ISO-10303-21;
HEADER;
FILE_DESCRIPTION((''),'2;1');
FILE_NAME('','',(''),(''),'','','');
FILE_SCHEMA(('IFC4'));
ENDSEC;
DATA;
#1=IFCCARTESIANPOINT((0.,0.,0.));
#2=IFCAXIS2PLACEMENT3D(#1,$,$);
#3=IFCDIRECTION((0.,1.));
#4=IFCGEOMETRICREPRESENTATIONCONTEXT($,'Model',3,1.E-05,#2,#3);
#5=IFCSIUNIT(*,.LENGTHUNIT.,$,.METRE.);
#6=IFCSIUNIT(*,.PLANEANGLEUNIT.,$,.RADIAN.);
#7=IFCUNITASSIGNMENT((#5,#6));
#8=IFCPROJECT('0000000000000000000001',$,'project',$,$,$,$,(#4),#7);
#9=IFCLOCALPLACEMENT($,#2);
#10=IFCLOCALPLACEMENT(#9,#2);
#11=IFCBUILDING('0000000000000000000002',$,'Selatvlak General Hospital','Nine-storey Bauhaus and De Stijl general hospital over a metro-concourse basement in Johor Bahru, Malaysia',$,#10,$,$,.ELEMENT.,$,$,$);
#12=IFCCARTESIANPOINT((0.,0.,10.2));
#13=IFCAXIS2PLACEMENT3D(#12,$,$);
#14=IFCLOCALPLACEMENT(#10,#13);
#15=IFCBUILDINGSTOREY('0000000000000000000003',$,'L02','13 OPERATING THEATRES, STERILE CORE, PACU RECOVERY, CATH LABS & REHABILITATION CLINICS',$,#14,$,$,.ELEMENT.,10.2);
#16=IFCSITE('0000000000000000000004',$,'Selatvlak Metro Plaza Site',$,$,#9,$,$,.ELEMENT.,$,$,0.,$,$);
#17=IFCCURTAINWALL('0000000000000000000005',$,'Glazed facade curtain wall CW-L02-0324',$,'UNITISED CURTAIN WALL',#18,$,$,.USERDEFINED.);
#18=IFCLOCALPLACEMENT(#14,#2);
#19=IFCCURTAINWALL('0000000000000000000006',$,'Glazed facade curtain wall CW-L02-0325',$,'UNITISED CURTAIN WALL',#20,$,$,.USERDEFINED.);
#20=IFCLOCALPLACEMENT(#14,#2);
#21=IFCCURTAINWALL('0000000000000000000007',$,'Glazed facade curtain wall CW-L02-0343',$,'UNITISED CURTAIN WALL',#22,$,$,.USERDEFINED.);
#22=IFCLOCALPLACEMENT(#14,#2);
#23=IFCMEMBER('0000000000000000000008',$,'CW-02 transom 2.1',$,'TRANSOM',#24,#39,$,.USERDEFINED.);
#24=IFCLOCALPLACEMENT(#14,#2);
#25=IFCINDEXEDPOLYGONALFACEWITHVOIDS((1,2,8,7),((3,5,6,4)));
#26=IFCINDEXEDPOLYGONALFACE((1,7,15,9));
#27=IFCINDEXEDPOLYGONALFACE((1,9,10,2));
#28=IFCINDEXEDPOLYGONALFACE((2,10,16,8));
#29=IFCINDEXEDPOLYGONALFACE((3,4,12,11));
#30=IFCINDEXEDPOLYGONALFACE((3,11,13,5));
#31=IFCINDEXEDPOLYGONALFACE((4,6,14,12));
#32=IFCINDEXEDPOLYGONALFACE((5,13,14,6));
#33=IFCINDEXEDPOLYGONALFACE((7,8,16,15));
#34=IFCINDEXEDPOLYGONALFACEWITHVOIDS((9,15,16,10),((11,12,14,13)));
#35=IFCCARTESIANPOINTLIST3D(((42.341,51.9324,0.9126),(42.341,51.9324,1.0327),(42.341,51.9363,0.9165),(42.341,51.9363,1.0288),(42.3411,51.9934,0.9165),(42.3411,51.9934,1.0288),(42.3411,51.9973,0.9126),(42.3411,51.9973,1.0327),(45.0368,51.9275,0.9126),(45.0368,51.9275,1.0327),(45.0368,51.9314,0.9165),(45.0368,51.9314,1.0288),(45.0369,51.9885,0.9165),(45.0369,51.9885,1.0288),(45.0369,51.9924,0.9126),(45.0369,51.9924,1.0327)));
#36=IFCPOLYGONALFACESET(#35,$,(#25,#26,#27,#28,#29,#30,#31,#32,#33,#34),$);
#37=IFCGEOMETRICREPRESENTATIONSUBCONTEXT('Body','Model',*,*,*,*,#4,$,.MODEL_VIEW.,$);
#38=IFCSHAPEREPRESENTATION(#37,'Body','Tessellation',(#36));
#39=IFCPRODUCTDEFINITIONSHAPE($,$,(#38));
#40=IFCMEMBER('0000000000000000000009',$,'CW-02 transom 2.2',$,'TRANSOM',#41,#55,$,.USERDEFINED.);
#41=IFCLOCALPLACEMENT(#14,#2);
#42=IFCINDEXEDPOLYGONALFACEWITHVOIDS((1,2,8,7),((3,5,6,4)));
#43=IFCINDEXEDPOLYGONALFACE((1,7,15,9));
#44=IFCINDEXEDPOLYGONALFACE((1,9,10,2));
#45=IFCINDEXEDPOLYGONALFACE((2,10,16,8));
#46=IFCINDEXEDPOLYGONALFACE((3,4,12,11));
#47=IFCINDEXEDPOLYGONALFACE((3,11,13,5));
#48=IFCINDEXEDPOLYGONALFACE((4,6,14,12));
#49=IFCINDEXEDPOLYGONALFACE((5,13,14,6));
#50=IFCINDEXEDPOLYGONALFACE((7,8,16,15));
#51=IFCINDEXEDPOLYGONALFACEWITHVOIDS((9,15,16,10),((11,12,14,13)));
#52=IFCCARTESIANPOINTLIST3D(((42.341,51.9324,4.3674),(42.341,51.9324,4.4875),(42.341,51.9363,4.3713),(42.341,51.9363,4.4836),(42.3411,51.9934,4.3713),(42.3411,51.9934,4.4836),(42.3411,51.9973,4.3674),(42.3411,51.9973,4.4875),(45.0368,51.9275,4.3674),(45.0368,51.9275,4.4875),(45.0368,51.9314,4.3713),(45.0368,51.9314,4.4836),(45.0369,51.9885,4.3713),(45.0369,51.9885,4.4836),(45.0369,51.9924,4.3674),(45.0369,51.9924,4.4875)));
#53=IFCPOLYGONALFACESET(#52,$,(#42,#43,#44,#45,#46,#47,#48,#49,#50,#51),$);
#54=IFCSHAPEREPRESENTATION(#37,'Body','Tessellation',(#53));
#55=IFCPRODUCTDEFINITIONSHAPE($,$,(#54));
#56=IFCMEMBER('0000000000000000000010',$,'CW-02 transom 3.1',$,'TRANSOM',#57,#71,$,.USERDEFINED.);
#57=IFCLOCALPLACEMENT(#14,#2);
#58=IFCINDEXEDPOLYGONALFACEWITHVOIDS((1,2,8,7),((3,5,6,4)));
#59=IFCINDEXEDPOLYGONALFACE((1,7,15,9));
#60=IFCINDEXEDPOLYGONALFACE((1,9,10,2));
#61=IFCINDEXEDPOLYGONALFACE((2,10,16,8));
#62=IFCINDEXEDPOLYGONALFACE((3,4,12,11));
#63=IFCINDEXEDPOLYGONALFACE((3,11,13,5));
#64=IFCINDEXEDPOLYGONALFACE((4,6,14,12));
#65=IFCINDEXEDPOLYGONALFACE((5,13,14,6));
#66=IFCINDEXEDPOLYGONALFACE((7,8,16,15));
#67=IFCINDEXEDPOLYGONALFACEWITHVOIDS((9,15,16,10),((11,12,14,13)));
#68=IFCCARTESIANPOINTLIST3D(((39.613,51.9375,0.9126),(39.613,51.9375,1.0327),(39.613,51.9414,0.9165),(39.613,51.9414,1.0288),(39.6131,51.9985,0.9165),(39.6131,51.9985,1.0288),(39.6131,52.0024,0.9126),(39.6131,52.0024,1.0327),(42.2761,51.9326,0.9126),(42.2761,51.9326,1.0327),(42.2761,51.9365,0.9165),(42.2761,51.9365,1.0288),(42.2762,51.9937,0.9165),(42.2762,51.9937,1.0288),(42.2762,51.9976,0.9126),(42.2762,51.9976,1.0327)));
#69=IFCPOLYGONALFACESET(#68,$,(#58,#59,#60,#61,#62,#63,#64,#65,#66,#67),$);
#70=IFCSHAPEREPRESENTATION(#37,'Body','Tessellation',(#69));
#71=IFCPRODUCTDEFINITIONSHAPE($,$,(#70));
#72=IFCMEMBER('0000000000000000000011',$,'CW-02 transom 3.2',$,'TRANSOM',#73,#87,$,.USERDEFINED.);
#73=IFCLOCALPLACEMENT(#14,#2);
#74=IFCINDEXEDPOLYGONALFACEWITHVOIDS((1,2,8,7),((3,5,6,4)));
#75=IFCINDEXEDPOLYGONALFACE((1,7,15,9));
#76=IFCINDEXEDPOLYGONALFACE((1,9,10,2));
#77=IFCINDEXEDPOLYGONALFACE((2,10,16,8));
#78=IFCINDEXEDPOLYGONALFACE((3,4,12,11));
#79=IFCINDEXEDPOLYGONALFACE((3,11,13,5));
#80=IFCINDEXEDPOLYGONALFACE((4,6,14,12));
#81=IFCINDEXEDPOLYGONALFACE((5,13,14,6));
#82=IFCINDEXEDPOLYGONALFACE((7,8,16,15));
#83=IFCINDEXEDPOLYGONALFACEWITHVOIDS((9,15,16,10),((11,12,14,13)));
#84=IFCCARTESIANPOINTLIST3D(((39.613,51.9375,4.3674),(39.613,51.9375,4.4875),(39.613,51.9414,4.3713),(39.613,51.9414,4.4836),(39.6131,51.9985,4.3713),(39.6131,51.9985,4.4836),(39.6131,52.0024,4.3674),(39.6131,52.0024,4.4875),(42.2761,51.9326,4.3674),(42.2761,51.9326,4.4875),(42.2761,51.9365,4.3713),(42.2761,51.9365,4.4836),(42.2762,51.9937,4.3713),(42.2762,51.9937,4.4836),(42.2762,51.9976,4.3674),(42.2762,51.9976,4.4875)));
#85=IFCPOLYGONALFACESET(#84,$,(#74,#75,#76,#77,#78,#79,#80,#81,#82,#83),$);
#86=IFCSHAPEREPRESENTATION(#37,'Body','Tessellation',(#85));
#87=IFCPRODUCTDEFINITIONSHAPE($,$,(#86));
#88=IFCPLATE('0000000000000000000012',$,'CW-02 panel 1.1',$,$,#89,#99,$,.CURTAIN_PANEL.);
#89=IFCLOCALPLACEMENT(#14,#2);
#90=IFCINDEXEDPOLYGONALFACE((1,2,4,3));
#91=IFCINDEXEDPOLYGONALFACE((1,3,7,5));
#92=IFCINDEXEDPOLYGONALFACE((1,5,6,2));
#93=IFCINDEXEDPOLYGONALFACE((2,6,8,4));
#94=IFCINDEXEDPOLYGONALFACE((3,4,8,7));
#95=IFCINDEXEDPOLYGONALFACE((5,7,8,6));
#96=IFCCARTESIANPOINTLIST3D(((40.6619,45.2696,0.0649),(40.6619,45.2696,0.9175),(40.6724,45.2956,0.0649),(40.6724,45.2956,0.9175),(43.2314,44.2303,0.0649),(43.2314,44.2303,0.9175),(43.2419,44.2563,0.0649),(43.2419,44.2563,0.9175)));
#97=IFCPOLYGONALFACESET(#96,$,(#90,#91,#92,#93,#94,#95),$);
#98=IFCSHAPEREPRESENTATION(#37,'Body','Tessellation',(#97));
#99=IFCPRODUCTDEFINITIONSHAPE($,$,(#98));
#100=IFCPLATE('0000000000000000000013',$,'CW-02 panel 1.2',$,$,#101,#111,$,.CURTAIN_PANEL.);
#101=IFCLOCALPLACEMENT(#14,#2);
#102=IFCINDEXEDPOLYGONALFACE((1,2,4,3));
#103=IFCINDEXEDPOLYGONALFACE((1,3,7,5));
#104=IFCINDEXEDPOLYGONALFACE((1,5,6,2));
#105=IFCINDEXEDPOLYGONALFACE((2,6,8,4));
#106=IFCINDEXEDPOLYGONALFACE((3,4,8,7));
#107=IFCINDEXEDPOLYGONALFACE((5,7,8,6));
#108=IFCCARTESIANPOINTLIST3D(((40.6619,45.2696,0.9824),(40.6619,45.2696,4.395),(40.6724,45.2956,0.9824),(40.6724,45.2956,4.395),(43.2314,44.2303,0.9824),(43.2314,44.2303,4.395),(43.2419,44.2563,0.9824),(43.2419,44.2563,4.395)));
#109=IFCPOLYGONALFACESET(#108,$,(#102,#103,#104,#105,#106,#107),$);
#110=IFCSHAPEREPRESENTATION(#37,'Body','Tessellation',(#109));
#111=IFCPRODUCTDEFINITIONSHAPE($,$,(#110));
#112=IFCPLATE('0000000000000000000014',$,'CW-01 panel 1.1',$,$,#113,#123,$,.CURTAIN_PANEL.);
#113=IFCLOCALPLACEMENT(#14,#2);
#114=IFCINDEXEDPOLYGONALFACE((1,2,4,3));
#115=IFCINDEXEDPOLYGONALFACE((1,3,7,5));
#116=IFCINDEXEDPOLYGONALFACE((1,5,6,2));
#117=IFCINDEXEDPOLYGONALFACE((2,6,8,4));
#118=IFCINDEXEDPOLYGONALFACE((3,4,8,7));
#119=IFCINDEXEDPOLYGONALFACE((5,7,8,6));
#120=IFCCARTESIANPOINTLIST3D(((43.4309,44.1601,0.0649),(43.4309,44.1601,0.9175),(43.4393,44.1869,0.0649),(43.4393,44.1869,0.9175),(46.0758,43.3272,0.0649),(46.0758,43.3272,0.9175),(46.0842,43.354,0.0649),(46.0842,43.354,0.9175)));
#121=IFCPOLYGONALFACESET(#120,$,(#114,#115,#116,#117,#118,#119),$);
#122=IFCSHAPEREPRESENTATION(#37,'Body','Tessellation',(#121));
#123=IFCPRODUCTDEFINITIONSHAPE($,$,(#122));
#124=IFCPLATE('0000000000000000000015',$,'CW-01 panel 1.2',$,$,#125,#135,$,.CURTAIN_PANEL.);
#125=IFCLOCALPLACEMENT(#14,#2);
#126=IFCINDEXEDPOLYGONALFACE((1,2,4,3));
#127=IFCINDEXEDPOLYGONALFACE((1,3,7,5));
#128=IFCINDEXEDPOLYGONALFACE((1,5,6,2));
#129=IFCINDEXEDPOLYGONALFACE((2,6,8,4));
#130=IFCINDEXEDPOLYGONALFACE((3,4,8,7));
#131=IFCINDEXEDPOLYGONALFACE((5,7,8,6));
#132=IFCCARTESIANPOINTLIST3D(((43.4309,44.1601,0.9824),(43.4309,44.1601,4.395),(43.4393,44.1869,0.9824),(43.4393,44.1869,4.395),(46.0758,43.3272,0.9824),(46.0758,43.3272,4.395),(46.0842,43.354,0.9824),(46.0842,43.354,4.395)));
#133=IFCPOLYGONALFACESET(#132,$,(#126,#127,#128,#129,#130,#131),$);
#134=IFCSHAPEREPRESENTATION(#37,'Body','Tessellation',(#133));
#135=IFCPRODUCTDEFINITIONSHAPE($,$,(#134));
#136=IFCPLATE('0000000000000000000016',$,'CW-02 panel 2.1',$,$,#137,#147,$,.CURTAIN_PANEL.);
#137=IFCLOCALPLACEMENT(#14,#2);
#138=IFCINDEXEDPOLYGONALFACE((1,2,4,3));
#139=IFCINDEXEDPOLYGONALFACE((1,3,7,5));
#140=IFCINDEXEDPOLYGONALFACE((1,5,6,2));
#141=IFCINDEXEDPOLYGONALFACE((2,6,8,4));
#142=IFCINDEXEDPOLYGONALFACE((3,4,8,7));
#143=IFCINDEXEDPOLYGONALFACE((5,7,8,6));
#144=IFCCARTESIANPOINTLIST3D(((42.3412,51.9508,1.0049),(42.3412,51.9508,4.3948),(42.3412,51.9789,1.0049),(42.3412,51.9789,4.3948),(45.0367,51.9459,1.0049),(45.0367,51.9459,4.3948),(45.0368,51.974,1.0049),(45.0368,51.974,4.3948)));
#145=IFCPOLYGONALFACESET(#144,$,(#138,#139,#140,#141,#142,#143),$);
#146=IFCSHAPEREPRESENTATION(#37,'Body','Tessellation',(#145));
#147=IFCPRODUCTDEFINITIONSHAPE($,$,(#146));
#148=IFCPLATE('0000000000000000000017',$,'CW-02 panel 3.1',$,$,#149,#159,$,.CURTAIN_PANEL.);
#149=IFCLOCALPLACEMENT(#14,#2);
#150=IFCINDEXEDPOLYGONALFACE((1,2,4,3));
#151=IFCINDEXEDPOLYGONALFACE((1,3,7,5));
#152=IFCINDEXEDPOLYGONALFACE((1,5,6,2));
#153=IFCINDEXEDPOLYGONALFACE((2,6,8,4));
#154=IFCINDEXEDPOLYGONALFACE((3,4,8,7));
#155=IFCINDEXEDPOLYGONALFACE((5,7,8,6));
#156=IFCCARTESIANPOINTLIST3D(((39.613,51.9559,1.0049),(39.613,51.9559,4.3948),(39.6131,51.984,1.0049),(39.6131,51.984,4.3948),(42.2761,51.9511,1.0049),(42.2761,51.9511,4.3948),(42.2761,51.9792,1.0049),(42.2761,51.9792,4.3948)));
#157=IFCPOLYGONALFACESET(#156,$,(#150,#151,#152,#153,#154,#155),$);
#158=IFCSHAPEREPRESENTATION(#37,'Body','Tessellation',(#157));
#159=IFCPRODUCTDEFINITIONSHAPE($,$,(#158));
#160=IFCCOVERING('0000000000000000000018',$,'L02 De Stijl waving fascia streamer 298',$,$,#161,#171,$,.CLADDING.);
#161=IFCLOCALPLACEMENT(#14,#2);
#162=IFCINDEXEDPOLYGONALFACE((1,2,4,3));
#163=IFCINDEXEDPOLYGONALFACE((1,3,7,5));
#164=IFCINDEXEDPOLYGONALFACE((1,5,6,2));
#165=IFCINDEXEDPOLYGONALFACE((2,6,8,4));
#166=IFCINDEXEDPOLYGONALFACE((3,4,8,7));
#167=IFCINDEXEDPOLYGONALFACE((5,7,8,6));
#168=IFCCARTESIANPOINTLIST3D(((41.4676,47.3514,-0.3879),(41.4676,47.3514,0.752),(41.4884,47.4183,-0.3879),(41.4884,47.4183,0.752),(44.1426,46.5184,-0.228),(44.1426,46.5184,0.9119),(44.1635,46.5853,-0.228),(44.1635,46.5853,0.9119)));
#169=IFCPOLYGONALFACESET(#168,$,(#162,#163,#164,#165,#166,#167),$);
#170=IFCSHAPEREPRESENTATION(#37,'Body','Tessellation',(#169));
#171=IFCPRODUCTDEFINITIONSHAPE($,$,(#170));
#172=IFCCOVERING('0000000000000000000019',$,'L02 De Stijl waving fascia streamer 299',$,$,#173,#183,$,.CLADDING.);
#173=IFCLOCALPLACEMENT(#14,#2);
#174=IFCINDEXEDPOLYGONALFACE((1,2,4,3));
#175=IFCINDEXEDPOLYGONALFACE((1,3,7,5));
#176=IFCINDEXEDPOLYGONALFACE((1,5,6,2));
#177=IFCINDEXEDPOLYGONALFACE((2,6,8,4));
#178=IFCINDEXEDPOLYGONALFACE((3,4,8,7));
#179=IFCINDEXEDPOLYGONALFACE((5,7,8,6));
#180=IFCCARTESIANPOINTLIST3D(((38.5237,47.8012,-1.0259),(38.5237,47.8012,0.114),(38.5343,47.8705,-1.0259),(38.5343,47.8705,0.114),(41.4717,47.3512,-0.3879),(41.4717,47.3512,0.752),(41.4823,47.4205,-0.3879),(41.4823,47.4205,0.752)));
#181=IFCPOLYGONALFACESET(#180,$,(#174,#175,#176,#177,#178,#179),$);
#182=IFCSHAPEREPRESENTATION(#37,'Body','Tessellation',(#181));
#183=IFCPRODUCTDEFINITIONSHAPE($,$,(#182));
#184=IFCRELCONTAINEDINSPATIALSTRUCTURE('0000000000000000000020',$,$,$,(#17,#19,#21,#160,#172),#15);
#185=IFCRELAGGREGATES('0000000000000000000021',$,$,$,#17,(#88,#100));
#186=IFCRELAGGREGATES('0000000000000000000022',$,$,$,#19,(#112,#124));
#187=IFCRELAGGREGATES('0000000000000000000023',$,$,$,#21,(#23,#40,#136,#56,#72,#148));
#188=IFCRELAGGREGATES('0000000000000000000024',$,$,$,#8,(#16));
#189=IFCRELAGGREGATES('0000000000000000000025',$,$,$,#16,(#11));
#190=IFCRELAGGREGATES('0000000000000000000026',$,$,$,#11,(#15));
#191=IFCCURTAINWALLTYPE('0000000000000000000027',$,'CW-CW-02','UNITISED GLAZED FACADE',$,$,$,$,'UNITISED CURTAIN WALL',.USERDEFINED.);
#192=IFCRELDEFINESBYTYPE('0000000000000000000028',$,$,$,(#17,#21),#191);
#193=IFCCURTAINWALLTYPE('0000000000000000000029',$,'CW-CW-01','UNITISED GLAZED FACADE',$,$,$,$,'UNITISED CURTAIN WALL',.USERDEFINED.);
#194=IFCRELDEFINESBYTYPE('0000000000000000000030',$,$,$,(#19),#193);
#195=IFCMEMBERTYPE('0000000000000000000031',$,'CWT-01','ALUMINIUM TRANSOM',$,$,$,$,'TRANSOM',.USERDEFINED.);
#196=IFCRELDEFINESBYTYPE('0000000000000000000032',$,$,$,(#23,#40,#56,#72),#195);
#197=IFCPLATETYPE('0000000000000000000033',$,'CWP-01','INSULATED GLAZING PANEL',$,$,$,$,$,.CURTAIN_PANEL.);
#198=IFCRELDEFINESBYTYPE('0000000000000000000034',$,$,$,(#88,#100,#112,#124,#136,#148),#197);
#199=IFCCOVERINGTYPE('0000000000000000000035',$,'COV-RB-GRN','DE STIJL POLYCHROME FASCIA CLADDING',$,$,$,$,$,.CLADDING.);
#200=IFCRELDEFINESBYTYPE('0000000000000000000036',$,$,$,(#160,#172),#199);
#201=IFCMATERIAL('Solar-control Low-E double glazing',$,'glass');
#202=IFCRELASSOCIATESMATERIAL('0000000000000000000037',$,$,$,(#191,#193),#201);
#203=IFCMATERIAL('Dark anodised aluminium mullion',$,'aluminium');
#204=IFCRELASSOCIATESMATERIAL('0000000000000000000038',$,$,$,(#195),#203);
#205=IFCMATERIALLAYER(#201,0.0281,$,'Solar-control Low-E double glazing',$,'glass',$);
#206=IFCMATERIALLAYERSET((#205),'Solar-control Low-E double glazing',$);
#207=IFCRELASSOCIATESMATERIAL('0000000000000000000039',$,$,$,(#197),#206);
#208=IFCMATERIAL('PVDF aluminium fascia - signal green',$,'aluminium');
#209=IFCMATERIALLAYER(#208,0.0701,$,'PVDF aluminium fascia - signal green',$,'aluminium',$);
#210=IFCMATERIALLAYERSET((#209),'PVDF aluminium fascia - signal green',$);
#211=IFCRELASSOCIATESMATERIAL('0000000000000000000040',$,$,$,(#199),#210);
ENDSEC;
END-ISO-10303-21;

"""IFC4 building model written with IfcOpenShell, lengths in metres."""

from ifc_helpers import new_model, si_unit, direction, frame, origin, origin_2d, place, context, subcontext, project, spatial, polyline, rectangle, hollow_rectangle, outline, extrude, material, layer, layer_set, material_profile, profile_set, type_object, element, aggregate, save


model = new_model("IFC4")

# Units and contexts
model_context = context("Model", 3, precision=1e-05, world=origin(), true_north=direction((0.0, 1.0)))
body_context = subcontext(model_context, "Body", "Model", "MODEL_VIEW")
ifc_project = project(units=[si_unit("LENGTHUNIT", "METRE"), si_unit("PLANEANGLEUNIT", "RADIAN")], contexts=[model_context])

# Site, building, storey
site_placement = place(None, origin())
site = spatial("IfcSite", under=ifc_project, at=site_placement, Name="Selatvlak Metro Plaza Site", CompositionType="ELEMENT", RefElevation=0.0)
building_placement = place(site_placement, origin())
building = spatial("IfcBuilding", under=site, at=building_placement, Name="Selatvlak General Hospital", Description="Nine-storey Bauhaus and De Stijl general hospital over a metro-concourse basement in Johor Bahru, Malaysia", CompositionType="ELEMENT")
storey_placement = place(building_placement, frame((0.0, 0.0, 10.2)))
storey = spatial("IfcBuildingStorey", under=building, at=storey_placement, Name="L02", Description="13 OPERATING THEATRES, STERILE CORE, PACU RECOVERY, CATH LABS & REHABILITATION CLINICS", CompositionType="ELEMENT", Elevation=10.2)

# Curtain wall
ifc_material_1 = material(Name="Solar-control Low-E double glazing", Category="glass")
curtain_wall_type_1 = type_object("IfcCurtainWallType", Name="CW-CW-02", Description="UNITISED GLAZED FACADE", ElementType="UNITISED CURTAIN WALL", PredefinedType="USERDEFINED", material=ifc_material_1)
curtain_wall_1_placement = place(storey_placement, origin())
curtain_wall_1 = element("IfcCurtainWall", 1, at=curtain_wall_1_placement, inside=storey, type_object=curtain_wall_type_1, Name="Glazed facade curtain wall CW-L02-0324", ObjectType="UNITISED CURTAIN WALL", PredefinedType="USERDEFINED")
ifc_material_2 = material(Name="Dark anodised aluminium mullion", Category="aluminium")

# Curtain walls
curtain_wall_type_2 = type_object("IfcCurtainWallType", Name="CW-CW-01", Description="UNITISED GLAZED FACADE", ElementType="UNITISED CURTAIN WALL", PredefinedType="USERDEFINED", material=ifc_material_1)
curtain_wall_2_placement = place(storey_placement, origin())
curtain_wall_2 = element("IfcCurtainWall", 2, at=curtain_wall_2_placement, inside=storey, type_object=curtain_wall_type_2, Name="Glazed facade curtain wall CW-L02-0325", ObjectType="UNITISED CURTAIN WALL", PredefinedType="USERDEFINED")
curtain_wall_3_placement = place(storey_placement, origin())
curtain_wall_3 = element("IfcCurtainWall", 3, at=curtain_wall_3_placement, inside=storey, type_object=curtain_wall_type_1, Name="Glazed facade curtain wall CW-L02-0343", ObjectType="UNITISED CURTAIN WALL", PredefinedType="USERDEFINED")

# Members
ifc_material_profile_1 = material_profile(ifc_material_2, hollow_rectangle(XDim=0.0649, YDim=0.1201, WallThickness=0.0039, at=origin_2d()), Name="AL-TRN 65x120x4")
ifc_profile_set_1 = profile_set([ifc_material_profile_1], Name="Dark anodised aluminium mullion")
member_type_1 = type_object("IfcMemberType", Name="CWT-01", Description="ALUMINIUM TRANSOM", ElementType="TRANSOM", PredefinedType="USERDEFINED", material=ifc_profile_set_1)
member_1_placement = place(storey_placement, frame((45.0369, 51.96, 0.9727), z_axis=(-0.999998, 0.001811, 0.0), x_axis=(-0.001811, -0.999998, 0.0)))
member_1 = element("IfcMember", 4, at=member_1_placement, type_object=member_type_1, Name="CW-02 transom 2.1", ObjectType="TRANSOM", PredefinedType="USERDEFINED", context=body_context, shape_type="SweptSolid", body=[
    extrude(hollow_rectangle(XDim=0.0649, YDim=0.1201, WallThickness=0.0039, at=origin_2d()), origin(), (0.0, 0.0, 1.0), 2.6958),
])
member_2_placement = place(storey_placement, frame((45.0369, 51.96, 4.4275), z_axis=(-0.999998, 0.001811, 0.0), x_axis=(-0.001811, -0.999998, 0.0)))
member_2 = element("IfcMember", 5, at=member_2_placement, type_object=member_type_1, Name="CW-02 transom 2.2", ObjectType="TRANSOM", PredefinedType="USERDEFINED", context=body_context, shape_type="SweptSolid", body=[
    extrude(hollow_rectangle(XDim=0.0649, YDim=0.1201, WallThickness=0.0039, at=origin_2d()), origin(), (0.0, 0.0, 1.0), 2.6958),
])
member_3_placement = place(storey_placement, frame((42.2761, 51.9651, 0.9727), z_axis=(-0.999998, 0.001834, 0.0), x_axis=(-0.001834, -0.999998, 0.0)))
member_3 = element("IfcMember", 6, at=member_3_placement, type_object=member_type_1, Name="CW-02 transom 3.1", ObjectType="TRANSOM", PredefinedType="USERDEFINED", context=body_context, shape_type="SweptSolid", body=[
    extrude(hollow_rectangle(XDim=0.0649, YDim=0.1201, WallThickness=0.0039, at=origin_2d()), origin(), (0.0, 0.0, 1.0), 2.6631),
])
member_4_placement = place(storey_placement, frame((42.2761, 51.9651, 4.4275), z_axis=(-0.999998, 0.001834, 0.0), x_axis=(-0.001834, -0.999998, 0.0)))
member_4 = element("IfcMember", 7, at=member_4_placement, type_object=member_type_1, Name="CW-02 transom 3.2", ObjectType="TRANSOM", PredefinedType="USERDEFINED", context=body_context, shape_type="SweptSolid", body=[
    extrude(hollow_rectangle(XDim=0.0649, YDim=0.1201, WallThickness=0.0039, at=origin_2d()), origin(), (0.0, 0.0, 1.0), 2.6631),
])

# Plates
ifc_layer_1 = layer(ifc_material_1, 0.0281, Name="Solar-control Low-E double glazing", Category="glass")
ifc_layer_set_1 = layer_set([ifc_layer_1], Name="Solar-control Low-E double glazing")
plate_type = type_object("IfcPlateType", Name="CWP-01", Description="INSULATED GLAZING PANEL", PredefinedType="CURTAIN_PANEL", material=ifc_layer_set_1)
plate_1_placement = place(storey_placement, frame((41.9519, 44.7629, 0.0649), z_axis=(0.0, 0.0, 1.0), x_axis=(0.927044, -0.374953, 0.0)))
plate_1 = element("IfcPlate", 8, at=plate_1_placement, type_object=plate_type, Name="CW-02 panel 1.1", PredefinedType="CURTAIN_PANEL", context=body_context, shape_type="SweptSolid", body=[
    extrude(rectangle(XDim=2.7717, YDim=0.0281, at=origin_2d()), origin(), (0.0, 0.0, 1.0), 0.8525),
])
plate_2_placement = place(storey_placement, frame((41.9519, 44.7629, 0.9824), z_axis=(0.0, 0.0, 1.0), x_axis=(0.927044, -0.374953, 0.0)))
plate_2 = element("IfcPlate", 9, at=plate_2_placement, type_object=plate_type, Name="CW-02 panel 1.2", PredefinedType="CURTAIN_PANEL", context=body_context, shape_type="SweptSolid", body=[
    extrude(rectangle(XDim=2.7717, YDim=0.0281, at=origin_2d()), origin(), (0.0, 0.0, 1.0), 3.4126),
])
aggregate(curtain_wall_1, [plate_1, plate_2])
plate_3_placement = place(storey_placement, frame((44.7576, 43.7571, 0.0649), z_axis=(0.0, 0.0, 1.0), x_axis=(0.953822, -0.300373, 0.0)))
plate_3 = element("IfcPlate", 10, at=plate_3_placement, type_object=plate_type, Name="CW-01 panel 1.1", PredefinedType="CURTAIN_PANEL", context=body_context, shape_type="SweptSolid", body=[
    extrude(rectangle(XDim=2.7729, YDim=0.0281, at=origin_2d()), origin(), (0.0, 0.0, 1.0), 0.8525),
])
plate_4_placement = place(storey_placement, frame((44.7576, 43.7571, 0.9824), z_axis=(0.0, 0.0, 1.0), x_axis=(0.953822, -0.300373, 0.0)))
plate_4 = element("IfcPlate", 11, at=plate_4_placement, type_object=plate_type, Name="CW-01 panel 1.2", PredefinedType="CURTAIN_PANEL", context=body_context, shape_type="SweptSolid", body=[
    extrude(rectangle(XDim=2.7729, YDim=0.0281, at=origin_2d()), origin(), (0.0, 0.0, 1.0), 3.4126),
])
aggregate(curtain_wall_2, [plate_3, plate_4])
plate_5_placement = place(storey_placement, frame((43.689, 51.9624, 1.0049), z_axis=(0.0, 0.0, 1.0), x_axis=(-0.999998, 0.001811, 0.0)))
plate_5 = element("IfcPlate", 12, at=plate_5_placement, type_object=plate_type, Name="CW-02 panel 2.1", PredefinedType="CURTAIN_PANEL", context=body_context, shape_type="SweptSolid", body=[
    extrude(rectangle(XDim=2.6956, YDim=0.0281, at=origin_2d()), origin(), (0.0, 0.0, 1.0), 3.3899),
])
plate_6_placement = place(storey_placement, frame((40.9446, 51.9675, 1.0049), z_axis=(0.0, 0.0, 1.0), x_axis=(-0.999998, 0.001811, 0.0)))
plate_6 = element("IfcPlate", 13, at=plate_6_placement, type_object=plate_type, Name="CW-02 panel 3.1", PredefinedType="CURTAIN_PANEL", context=body_context, shape_type="SweptSolid", body=[
    extrude(rectangle(XDim=2.6631, YDim=0.0281, at=origin_2d()), origin(), (0.0, 0.0, 1.0), 3.3899),
])
aggregate(curtain_wall_3, [member_1, member_2, plate_5, member_3, member_4, plate_6])

# Coverings
ifc_material_3 = material(Name="PVDF aluminium fascia - signal green", Category="aluminium")
ifc_layer_2 = layer(ifc_material_3, 0.0701, Name="PVDF aluminium fascia - signal green", Category="aluminium")
ifc_layer_set_2 = layer_set([ifc_layer_2], Name="PVDF aluminium fascia - signal green")
covering_type_1 = type_object("IfcCoveringType", Name="COV-RB-GRN", Description="DE STIJL POLYCHROME FASCIA CLADDING", PredefinedType="CLADDING", material=ifc_layer_set_2)
covering_1_placement = place(storey_placement, frame((44.1531, 46.552, -0.228), z_axis=(0.0, 0.0, 1.0), x_axis=(-0.954779, 0.297317, 0.0)))
element("IfcCovering", 14, at=covering_1_placement, inside=storey, type_object=covering_type_1, Name="L02 De Stijl waving fascia streamer 298", PredefinedType="CLADDING", context=body_context, shape_type="SweptSolid", body=[
    extrude(outline(polyline([(0.0, 0.0), (2.8018, -0.1599), (2.8018, 0.98), (0.0, 1.1399), (0.0, 0.0)])), frame((0.0, 0.0352, 0.0), z_axis=(0.0, -1.0, 0.0), x_axis=(1.0, 0.0, 0.0)), (0.0, 0.0, 1.0), 0.0701),
])
covering_2_placement = place(storey_placement, frame((41.4771, 47.386, -0.3879), z_axis=(0.0, 0.0, 1.0), x_axis=(-0.988552, 0.150882, 0.0)))
element("IfcCovering", 15, at=covering_2_placement, inside=storey, type_object=covering_type_1, Name="L02 De Stijl waving fascia streamer 299", PredefinedType="CLADDING", context=body_context, shape_type="SweptSolid", body=[
    extrude(outline(polyline([(0.0, 0.0), (2.9822, -0.6379), (2.9822, 0.502), (0.0, 1.1399), (0.0, 0.0)])), frame((0.0, 0.0352, 0.0), z_axis=(0.0, -1.0, 0.0), x_axis=(1.0, 0.0, 0.0)), (0.0, 0.0, 1.0), 0.0701),
])

save(model, "model.ifc")
